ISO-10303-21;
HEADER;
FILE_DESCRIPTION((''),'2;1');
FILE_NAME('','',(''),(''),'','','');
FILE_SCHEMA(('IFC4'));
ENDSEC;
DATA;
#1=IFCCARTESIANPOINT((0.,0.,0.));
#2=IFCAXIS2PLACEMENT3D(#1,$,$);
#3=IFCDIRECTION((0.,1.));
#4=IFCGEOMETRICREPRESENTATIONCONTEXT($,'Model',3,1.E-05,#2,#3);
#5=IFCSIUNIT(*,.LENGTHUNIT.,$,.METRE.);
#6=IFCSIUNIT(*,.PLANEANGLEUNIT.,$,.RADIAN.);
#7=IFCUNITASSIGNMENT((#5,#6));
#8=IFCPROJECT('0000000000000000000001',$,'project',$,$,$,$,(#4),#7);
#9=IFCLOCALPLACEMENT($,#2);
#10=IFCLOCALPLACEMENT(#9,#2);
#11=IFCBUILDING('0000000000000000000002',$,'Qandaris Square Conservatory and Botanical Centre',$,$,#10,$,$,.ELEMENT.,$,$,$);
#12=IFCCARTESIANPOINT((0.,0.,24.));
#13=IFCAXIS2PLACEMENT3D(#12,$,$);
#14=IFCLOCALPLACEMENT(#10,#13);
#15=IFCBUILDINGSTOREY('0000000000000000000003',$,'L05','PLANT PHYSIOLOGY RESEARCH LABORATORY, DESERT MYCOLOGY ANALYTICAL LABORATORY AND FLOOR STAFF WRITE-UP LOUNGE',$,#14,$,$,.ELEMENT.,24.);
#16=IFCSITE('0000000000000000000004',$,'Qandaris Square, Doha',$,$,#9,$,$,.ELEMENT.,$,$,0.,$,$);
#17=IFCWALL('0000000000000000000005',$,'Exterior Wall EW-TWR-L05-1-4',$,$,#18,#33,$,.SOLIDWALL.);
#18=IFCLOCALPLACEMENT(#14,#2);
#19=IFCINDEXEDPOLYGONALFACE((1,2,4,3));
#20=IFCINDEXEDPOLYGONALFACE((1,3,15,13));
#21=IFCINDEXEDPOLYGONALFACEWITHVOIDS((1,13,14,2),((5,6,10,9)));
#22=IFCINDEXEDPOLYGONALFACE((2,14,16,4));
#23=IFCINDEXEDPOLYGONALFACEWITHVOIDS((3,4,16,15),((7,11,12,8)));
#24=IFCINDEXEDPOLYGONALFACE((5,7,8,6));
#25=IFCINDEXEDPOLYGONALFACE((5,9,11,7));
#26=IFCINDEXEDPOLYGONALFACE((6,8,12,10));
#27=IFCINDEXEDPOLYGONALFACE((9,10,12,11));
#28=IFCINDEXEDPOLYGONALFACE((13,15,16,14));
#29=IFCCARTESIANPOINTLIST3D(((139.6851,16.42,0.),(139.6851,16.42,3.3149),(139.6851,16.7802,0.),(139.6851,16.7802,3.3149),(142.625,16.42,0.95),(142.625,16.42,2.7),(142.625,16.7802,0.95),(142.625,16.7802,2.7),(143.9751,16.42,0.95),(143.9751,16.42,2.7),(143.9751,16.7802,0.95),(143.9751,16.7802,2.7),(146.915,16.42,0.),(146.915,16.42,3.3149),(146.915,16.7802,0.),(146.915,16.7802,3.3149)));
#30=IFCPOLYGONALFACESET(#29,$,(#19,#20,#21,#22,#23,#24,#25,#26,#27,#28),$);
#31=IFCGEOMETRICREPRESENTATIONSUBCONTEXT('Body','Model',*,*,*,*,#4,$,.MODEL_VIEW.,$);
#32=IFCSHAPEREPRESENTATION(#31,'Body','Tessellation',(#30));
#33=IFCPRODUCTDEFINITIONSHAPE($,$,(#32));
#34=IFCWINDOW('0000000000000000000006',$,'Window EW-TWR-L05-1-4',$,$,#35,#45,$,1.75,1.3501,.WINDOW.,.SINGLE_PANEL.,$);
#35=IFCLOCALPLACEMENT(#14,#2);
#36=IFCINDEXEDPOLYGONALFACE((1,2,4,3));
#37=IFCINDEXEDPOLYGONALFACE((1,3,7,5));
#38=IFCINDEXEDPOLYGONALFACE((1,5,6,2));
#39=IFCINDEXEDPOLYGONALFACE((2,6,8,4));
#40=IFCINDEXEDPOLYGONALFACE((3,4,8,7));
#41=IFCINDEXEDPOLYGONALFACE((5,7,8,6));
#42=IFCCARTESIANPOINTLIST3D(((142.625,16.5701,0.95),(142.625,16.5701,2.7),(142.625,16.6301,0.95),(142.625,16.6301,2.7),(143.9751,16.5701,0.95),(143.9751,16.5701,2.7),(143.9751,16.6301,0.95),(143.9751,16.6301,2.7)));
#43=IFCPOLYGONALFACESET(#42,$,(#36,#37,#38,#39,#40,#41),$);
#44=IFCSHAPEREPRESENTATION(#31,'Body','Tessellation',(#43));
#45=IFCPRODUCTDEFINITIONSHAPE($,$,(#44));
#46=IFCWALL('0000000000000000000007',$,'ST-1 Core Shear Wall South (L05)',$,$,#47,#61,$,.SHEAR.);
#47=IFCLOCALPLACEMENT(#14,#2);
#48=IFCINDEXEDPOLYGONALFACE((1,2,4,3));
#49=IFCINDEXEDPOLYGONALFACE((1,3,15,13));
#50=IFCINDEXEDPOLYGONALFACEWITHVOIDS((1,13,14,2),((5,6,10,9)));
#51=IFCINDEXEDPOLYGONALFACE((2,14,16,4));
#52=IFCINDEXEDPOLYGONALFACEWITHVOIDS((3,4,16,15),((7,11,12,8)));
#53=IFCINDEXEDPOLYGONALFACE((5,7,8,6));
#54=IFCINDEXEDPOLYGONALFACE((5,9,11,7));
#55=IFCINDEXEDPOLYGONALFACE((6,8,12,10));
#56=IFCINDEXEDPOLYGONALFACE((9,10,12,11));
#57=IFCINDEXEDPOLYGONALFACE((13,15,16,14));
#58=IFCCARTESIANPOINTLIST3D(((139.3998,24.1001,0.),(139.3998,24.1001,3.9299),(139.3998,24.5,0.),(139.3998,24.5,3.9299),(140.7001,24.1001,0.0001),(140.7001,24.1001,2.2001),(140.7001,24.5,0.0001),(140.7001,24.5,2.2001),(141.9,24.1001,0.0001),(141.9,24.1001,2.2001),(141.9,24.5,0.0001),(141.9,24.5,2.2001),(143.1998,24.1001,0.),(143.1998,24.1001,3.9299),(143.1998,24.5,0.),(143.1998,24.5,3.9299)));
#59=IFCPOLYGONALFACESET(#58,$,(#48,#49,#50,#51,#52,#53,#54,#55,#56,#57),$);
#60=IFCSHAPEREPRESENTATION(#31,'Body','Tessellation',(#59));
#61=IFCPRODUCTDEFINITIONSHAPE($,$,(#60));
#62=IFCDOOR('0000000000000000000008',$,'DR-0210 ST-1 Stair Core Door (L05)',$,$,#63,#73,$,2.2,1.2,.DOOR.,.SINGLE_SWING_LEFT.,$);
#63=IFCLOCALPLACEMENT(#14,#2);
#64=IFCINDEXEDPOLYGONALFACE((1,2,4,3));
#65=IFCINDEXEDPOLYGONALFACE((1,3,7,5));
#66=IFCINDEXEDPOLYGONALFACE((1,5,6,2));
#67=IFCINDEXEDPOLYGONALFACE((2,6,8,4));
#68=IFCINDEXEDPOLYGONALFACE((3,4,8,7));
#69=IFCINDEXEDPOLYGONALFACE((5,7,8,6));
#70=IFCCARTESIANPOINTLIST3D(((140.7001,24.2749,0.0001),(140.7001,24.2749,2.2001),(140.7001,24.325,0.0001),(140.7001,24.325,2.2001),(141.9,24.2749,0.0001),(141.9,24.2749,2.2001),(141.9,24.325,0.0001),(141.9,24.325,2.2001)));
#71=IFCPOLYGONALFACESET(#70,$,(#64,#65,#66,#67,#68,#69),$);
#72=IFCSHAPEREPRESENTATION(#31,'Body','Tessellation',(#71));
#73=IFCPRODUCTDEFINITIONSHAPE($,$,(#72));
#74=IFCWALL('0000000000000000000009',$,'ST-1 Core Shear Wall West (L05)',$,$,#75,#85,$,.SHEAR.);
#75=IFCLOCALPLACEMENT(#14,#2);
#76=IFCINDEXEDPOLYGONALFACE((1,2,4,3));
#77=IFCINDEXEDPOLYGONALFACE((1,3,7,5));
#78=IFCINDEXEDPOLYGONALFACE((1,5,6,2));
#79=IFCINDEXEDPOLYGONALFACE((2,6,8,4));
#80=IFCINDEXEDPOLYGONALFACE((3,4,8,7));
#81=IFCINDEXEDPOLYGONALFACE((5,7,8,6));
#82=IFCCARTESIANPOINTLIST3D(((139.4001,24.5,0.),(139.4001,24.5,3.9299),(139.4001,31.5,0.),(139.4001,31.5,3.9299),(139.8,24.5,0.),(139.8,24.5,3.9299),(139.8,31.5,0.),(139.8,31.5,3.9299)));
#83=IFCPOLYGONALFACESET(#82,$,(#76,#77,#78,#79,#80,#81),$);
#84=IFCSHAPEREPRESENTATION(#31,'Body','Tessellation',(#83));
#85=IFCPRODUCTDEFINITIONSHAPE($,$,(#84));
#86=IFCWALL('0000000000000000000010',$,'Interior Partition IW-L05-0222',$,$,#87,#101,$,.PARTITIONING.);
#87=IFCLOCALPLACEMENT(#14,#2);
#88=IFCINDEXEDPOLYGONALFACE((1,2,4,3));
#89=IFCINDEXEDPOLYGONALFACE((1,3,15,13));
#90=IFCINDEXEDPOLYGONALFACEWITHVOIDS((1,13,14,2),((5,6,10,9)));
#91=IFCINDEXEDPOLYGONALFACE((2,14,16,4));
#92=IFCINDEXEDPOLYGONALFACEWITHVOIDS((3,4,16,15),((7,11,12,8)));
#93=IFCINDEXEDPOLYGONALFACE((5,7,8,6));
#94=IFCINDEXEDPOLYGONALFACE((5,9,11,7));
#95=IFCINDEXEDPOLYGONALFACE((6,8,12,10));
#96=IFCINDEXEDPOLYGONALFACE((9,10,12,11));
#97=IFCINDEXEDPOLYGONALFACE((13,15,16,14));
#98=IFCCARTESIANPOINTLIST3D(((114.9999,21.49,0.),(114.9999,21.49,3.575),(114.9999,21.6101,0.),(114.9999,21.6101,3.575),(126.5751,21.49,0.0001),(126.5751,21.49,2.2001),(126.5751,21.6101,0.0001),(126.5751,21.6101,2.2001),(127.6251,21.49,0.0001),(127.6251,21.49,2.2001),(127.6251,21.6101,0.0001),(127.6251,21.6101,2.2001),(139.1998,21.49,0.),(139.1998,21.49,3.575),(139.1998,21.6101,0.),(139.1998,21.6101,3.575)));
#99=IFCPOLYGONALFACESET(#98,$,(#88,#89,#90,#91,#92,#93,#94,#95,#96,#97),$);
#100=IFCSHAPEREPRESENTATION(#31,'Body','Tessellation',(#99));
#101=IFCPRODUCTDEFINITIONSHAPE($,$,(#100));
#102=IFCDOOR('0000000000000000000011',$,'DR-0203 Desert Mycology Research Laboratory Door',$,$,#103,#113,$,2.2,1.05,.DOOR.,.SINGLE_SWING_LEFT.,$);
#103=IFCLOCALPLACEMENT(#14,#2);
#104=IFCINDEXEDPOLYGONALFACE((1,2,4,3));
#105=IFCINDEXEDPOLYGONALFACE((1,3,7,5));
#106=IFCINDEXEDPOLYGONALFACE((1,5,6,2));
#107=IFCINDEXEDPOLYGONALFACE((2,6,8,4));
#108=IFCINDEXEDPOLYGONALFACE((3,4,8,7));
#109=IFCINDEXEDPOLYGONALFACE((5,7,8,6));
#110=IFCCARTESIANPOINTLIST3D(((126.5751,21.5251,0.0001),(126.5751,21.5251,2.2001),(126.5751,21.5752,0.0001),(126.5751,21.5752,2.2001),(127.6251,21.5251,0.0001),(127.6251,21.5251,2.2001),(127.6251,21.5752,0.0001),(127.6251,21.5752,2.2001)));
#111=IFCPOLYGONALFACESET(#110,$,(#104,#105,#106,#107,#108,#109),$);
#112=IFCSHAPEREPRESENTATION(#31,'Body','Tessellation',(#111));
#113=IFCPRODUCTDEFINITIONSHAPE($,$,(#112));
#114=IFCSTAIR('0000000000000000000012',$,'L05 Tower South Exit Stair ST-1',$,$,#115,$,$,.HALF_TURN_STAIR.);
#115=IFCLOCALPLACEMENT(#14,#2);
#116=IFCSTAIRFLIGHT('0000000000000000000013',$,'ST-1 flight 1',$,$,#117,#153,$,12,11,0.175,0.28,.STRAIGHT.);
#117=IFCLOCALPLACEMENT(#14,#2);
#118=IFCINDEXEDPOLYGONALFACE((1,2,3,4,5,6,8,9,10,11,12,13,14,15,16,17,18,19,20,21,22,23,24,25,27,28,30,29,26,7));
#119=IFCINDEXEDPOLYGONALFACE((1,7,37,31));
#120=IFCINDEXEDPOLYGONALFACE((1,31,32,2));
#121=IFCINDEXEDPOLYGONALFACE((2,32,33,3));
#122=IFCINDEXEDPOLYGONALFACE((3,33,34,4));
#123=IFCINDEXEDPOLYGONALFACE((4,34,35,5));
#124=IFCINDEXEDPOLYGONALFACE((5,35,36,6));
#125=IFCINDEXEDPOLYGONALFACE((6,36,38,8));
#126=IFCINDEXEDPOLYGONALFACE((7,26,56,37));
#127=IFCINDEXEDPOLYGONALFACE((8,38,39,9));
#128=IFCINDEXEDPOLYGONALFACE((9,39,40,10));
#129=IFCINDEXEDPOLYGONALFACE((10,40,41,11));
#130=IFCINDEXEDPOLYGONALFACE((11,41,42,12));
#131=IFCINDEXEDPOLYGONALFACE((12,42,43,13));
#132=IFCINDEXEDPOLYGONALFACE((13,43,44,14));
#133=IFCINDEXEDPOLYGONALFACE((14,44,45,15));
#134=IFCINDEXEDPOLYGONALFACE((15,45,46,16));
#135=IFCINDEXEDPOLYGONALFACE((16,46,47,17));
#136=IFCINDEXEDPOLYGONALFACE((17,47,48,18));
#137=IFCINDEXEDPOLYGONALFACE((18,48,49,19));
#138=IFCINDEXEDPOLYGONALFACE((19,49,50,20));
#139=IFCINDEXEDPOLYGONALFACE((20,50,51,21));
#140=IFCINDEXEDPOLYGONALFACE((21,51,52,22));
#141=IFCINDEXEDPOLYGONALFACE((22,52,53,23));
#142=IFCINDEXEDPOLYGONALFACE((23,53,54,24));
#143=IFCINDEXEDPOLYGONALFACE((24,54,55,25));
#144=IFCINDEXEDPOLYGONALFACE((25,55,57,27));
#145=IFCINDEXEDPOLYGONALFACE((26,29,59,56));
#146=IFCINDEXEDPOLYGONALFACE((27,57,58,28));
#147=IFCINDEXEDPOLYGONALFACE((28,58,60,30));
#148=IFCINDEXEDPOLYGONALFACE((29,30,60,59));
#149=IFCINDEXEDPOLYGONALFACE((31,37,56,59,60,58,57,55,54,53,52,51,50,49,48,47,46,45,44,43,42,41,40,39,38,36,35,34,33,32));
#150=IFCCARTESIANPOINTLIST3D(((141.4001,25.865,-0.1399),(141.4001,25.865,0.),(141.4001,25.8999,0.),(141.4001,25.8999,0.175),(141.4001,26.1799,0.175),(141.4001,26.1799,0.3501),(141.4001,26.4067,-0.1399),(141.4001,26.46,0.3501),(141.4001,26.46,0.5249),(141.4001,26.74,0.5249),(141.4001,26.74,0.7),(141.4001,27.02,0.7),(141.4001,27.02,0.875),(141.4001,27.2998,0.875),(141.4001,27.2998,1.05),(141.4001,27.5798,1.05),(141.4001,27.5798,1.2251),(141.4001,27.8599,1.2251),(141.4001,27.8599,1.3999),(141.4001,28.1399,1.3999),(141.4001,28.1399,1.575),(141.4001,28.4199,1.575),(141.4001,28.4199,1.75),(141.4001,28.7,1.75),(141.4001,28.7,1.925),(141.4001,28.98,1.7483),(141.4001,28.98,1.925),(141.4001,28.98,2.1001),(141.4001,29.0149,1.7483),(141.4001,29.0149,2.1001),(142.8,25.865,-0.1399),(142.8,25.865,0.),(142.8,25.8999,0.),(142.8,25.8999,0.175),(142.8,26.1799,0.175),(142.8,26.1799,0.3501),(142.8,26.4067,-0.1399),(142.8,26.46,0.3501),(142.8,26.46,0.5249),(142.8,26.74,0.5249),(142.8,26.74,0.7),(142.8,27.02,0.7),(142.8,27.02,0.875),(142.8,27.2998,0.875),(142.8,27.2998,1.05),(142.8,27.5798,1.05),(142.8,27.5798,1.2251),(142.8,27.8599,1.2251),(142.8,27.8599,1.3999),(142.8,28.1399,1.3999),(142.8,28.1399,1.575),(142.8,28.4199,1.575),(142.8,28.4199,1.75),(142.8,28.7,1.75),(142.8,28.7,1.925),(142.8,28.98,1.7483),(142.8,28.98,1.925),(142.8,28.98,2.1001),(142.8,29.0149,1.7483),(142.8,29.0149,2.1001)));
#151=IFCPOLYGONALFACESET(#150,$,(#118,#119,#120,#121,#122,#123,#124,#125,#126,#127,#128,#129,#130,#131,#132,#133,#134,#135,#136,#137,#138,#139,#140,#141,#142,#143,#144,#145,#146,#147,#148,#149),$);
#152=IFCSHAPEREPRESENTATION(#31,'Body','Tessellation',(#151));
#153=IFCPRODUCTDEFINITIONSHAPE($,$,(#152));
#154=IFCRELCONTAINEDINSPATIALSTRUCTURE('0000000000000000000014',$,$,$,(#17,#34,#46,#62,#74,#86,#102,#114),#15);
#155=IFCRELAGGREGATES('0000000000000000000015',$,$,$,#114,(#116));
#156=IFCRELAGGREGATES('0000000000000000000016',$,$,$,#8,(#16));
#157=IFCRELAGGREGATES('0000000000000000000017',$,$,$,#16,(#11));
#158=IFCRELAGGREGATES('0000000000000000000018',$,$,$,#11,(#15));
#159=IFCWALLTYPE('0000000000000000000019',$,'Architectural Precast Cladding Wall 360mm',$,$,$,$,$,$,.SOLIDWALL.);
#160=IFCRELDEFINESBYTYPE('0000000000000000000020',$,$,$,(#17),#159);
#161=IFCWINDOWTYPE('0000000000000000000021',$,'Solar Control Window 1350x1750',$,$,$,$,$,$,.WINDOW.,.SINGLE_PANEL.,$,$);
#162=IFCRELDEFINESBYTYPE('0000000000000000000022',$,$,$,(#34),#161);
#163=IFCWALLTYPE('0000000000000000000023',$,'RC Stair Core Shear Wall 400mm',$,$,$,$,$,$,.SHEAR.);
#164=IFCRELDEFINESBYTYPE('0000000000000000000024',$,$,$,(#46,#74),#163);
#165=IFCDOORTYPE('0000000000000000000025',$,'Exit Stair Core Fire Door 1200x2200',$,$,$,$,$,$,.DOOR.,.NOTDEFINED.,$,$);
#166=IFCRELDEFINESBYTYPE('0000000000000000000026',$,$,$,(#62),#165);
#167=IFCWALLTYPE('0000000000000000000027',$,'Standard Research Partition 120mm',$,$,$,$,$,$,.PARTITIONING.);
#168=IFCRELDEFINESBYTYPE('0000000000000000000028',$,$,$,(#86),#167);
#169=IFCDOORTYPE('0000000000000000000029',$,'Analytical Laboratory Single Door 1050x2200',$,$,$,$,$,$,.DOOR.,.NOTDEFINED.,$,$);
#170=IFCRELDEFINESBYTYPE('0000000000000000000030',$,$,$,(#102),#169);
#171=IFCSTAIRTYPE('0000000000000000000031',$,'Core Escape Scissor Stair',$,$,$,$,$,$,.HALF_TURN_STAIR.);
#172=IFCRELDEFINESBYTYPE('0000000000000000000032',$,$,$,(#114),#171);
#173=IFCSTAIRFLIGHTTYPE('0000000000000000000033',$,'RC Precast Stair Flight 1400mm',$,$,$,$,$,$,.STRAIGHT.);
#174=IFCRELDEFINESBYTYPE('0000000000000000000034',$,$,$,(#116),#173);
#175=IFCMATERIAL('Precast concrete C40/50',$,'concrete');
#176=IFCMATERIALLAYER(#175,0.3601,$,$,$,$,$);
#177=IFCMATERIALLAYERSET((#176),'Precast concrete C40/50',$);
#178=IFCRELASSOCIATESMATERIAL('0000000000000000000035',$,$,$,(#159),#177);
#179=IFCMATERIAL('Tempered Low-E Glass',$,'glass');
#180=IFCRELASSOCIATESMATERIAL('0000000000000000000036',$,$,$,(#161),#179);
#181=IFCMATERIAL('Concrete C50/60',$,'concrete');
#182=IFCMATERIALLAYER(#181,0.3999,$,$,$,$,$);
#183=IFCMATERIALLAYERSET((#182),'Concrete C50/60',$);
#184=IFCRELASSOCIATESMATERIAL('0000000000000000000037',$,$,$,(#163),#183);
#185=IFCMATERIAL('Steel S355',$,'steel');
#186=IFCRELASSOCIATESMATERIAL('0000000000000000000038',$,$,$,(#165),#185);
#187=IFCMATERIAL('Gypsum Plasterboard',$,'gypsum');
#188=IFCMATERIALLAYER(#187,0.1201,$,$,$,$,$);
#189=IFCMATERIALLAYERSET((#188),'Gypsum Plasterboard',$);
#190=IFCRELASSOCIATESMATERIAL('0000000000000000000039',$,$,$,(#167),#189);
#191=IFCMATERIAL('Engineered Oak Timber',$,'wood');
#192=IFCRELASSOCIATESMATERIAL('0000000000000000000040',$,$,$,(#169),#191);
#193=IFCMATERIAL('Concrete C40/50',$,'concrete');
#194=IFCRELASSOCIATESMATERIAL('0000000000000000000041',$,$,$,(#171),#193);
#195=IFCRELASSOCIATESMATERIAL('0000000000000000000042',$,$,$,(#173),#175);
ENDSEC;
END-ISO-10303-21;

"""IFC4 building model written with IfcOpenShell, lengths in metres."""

from ifc_helpers import new_model, si_unit, direction, frame, frame_2d, origin, place, context, subcontext, project, spatial, polyline, rectangle, outline, extrude, material, layer, layer_set, type_object, element, fill, aggregate, save


model = new_model("IFC4")

# Units and contexts
model_context = context("Model", 3, precision=1e-05, world=origin(), true_north=direction((0.0, 1.0)))
body_context = subcontext(model_context, "Body", "Model", "MODEL_VIEW")
ifc_project = project(units=[si_unit("LENGTHUNIT", "METRE"), si_unit("PLANEANGLEUNIT", "RADIAN")], contexts=[model_context])

# Site, building, storey
site_placement = place(None, origin())
site = spatial("IfcSite", under=ifc_project, at=site_placement, Name="Qandaris Square, Doha", CompositionType="ELEMENT", RefElevation=0.0)
building_placement = place(site_placement, origin())
building = spatial("IfcBuilding", under=site, at=building_placement, Name="Qandaris Square Conservatory and Botanical Centre", CompositionType="ELEMENT")
storey_placement = place(building_placement, frame((0.0, 0.0, 24.0)))
storey = spatial("IfcBuildingStorey", under=building, at=storey_placement, Name="L05", Description="PLANT PHYSIOLOGY RESEARCH LABORATORY, DESERT MYCOLOGY ANALYTICAL LABORATORY AND FLOOR STAFF WRITE-UP LOUNGE", CompositionType="ELEMENT", Elevation=24.0)

# Shared definitions
ifc_material_1 = material(Name="Concrete C50/60", Category="concrete")

# Shared definitions
ifc_material_2 = material(Name="Steel S355", Category="steel")

# Shared definitions
ifc_material_3 = material(Name="Gypsum Plasterboard", Category="gypsum")

# Wall, opening, window
ifc_material_4 = material(Name="Precast concrete C40/50", Category="concrete")
ifc_layer_1 = layer(ifc_material_4, 0.3601)
ifc_layer_set_1 = layer_set([ifc_layer_1], Name="Precast concrete C40/50")
wall_type_1 = type_object("IfcWallType", Name="Architectural Precast Cladding Wall 360mm", PredefinedType="SOLIDWALL", material=ifc_layer_set_1)
wall_1_placement = place(storey_placement, frame((139.6851, 16.6001, 0.0), z_axis=(0.0, 0.0, 1.0), x_axis=(1.0, 0.0, 0.0)))
wall_1 = element("IfcWall", 1, at=wall_1_placement, inside=storey, type_object=wall_type_1, Name="Exterior Wall EW-TWR-L05-1-4", PredefinedType="SOLIDWALL", context=body_context, shape_type="SweptSolid", body=[
    extrude(rectangle(XDim=7.23, YDim=0.3601, at=frame_2d((3.615, 0.0))), origin(), (0.0, 0.0, 1.0), 3.3149),
])
opening_1_placement = place(wall_1_placement, frame((2.9399, 0.0, 0.95)))
opening_1 = element("IfcOpeningElement", 2, at=opening_1_placement, cuts=wall_1, PredefinedType="OPENING", context=body_context, shape_type="SweptSolid", body=[
    extrude(rectangle(XDim=1.3501, YDim=1.75, at=frame_2d((0.675, 0.875))), frame((0.0, 0.1919, 0.0), z_axis=(0.0, -1.0, 0.0), x_axis=(1.0, 0.0, 0.0)), (0.0, 0.0, 1.0), 0.384),
])
ifc_material_5 = material(Name="Tempered Low-E Glass", Category="glass")
window_type = type_object("IfcWindowType", Name="Solar Control Window 1350x1750", PartitioningType="SINGLE_PANEL", PredefinedType="WINDOW", material=ifc_material_5)
window_placement = place(opening_1_placement, origin())
window = element("IfcWindow", 3, at=window_placement, inside=storey, type_object=window_type, Name="Window EW-TWR-L05-1-4", OverallHeight=1.75, OverallWidth=1.3501, PartitioningType="SINGLE_PANEL", PredefinedType="WINDOW", context=body_context, shape_type="SweptSolid", body=[
    extrude(rectangle(XDim=1.3501, YDim=1.75, at=frame_2d((0.675, 0.875))), frame((0.0, 0.03, 0.0), z_axis=(0.0, -1.0, 0.0), x_axis=(1.0, 0.0, 0.0)), (0.0, 0.0, 1.0), 0.0601),
])
fill(opening_1, window)

# Wall, opening, door
ifc_layer_2 = layer(ifc_material_1, 0.3999)
ifc_layer_set_2 = layer_set([ifc_layer_2], Name="Concrete C50/60")
wall_type_2 = type_object("IfcWallType", Name="RC Stair Core Shear Wall 400mm", PredefinedType="SHEAR", material=ifc_layer_set_2)
wall_2_placement = place(storey_placement, frame((139.3999, 24.3, 0.0), z_axis=(0.0, 0.0, 1.0), x_axis=(1.0, 0.0, 0.0)))
wall_2 = element("IfcWall", 4, at=wall_2_placement, inside=storey, type_object=wall_type_2, Name="ST-1 Core Shear Wall South (L05)", PredefinedType="SHEAR", context=body_context, shape_type="SweptSolid", body=[
    extrude(rectangle(XDim=3.8, YDim=0.3999, at=frame_2d((1.8999, 0.0))), origin(), (0.0, 0.0, 1.0), 3.9299),
])
opening_2_placement = place(wall_2_placement, frame((1.3, 0.0, 0.0)))
opening_2 = element("IfcOpeningElement", 5, at=opening_2_placement, cuts=wall_2, PredefinedType="OPENING", context=body_context, shape_type="SweptSolid", body=[
    extrude(rectangle(XDim=1.2, YDim=2.2, at=frame_2d((0.6001, 1.1001))), frame((0.0, 0.2119, 0.0), z_axis=(0.0, -1.0, 0.0), x_axis=(1.0, 0.0, 0.0)), (0.0, 0.0, 1.0), 0.4238),
])
door_type_1 = type_object("IfcDoorType", Name="Exit Stair Core Fire Door 1200x2200", OperationType="NOTDEFINED", PredefinedType="DOOR", material=ifc_material_2)
door_1_placement = place(opening_2_placement, origin())
door_1 = element("IfcDoor", 6, at=door_1_placement, inside=storey, type_object=door_type_1, Name="DR-0210 ST-1 Stair Core Door (L05)", OperationType="SINGLE_SWING_LEFT", OverallHeight=2.2, OverallWidth=1.2, PredefinedType="DOOR", context=body_context, shape_type="SweptSolid", body=[
    extrude(rectangle(XDim=1.2, YDim=2.2, at=frame_2d((0.6001, 1.1001))), frame((0.0, 0.0249, 0.0), z_axis=(0.0, -1.0, 0.0), x_axis=(1.0, 0.0, 0.0)), (0.0, 0.0, 1.0), 0.05),
])
fill(opening_2, door_1)

# Wall
wall_3_placement = place(storey_placement, frame((139.6001, 24.5, 0.0), z_axis=(0.0, 0.0, 1.0), x_axis=(0.0, 1.0, 0.0)))
element("IfcWall", 7, at=wall_3_placement, inside=storey, type_object=wall_type_2, Name="ST-1 Core Shear Wall West (L05)", PredefinedType="SHEAR", context=body_context, shape_type="SweptSolid", body=[
    extrude(rectangle(XDim=7.0, YDim=0.3999, at=frame_2d((3.5, 0.0))), origin(), (0.0, 0.0, 1.0), 3.9299),
])

# Wall, opening, door
ifc_layer_3 = layer(ifc_material_3, 0.1201)
ifc_layer_set_3 = layer_set([ifc_layer_3], Name="Gypsum Plasterboard")
wall_type_3 = type_object("IfcWallType", Name="Standard Research Partition 120mm", PredefinedType="PARTITIONING", material=ifc_layer_set_3)
wall_4_placement = place(storey_placement, frame((139.2, 21.55, 0.0), z_axis=(0.0, 0.0, 1.0), x_axis=(-1.0, 0.0, 0.0)))
wall_4 = element("IfcWall", 8, at=wall_4_placement, inside=storey, type_object=wall_type_3, Name="Interior Partition IW-L05-0222", PredefinedType="PARTITIONING", context=body_context, shape_type="SweptSolid", body=[
    extrude(rectangle(XDim=24.2, YDim=0.1201, at=frame_2d((12.1001, 0.0))), origin(), (0.0, 0.0, 1.0), 3.575),
])
opening_3_placement = place(wall_4_placement, frame((11.575, 0.0, 0.0)))
opening_3 = element("IfcOpeningElement", 9, at=opening_3_placement, cuts=wall_4, PredefinedType="OPENING", context=body_context, shape_type="SweptSolid", body=[
    extrude(rectangle(XDim=1.05, YDim=2.2, at=frame_2d((0.5249, 1.1001))), frame((0.0, 0.072, 0.0), z_axis=(0.0, -1.0, 0.0), x_axis=(1.0, 0.0, 0.0)), (0.0, 0.0, 1.0), 0.144),
])
ifc_material_6 = material(Name="Engineered Oak Timber", Category="wood")
door_type_2 = type_object("IfcDoorType", Name="Analytical Laboratory Single Door 1050x2200", OperationType="NOTDEFINED", PredefinedType="DOOR", material=ifc_material_6)
door_2_placement = place(opening_3_placement, origin())
door_2 = element("IfcDoor", 10, at=door_2_placement, inside=storey, type_object=door_type_2, Name="DR-0203 Desert Mycology Research Laboratory Door", OperationType="SINGLE_SWING_LEFT", OverallHeight=2.2, OverallWidth=1.05, PredefinedType="DOOR", context=body_context, shape_type="SweptSolid", body=[
    extrude(rectangle(XDim=1.05, YDim=2.2, at=frame_2d((0.5249, 1.1001))), frame((0.0, 0.0249, 0.0), z_axis=(0.0, -1.0, 0.0), x_axis=(1.0, 0.0, 0.0)), (0.0, 0.0, 1.0), 0.05),
])
fill(opening_3, door_2)

# Stair, stair flight
ifc_material_7 = material(Name="Concrete C40/50", Category="concrete")
stair_type = type_object("IfcStairType", Name="Core Escape Scissor Stair", PredefinedType="HALF_TURN_STAIR", material=ifc_material_7)
stair_placement = place(storey_placement, origin())
stair = element("IfcStair", 11, at=stair_placement, inside=storey, type_object=stair_type, Name="L05 Tower South Exit Stair ST-1", PredefinedType="HALF_TURN_STAIR")
stair_flight_type = type_object("IfcStairFlightType", Name="RC Precast Stair Flight 1400mm", PredefinedType="STRAIGHT", material=ifc_material_4)
stair_flight_1_placement = place(storey_placement, frame((142.1001, 25.8999, 0.0), z_axis=(0.0, 0.0, 1.0), x_axis=(0.0, 1.0, 0.0)))
stair_flight_1 = element("IfcStairFlight", 12, at=stair_flight_1_placement, type_object=stair_flight_type, Name="ST-1 flight 1", NumberOfRisers=12, NumberOfTreads=11, PredefinedType="STRAIGHT", RiserHeight=0.175, TreadLength=0.28, context=body_context, shape_type="SweptSolid", body=[
    extrude(outline(polyline([(-0.0349, 0.0), (0.0, 0.0), (0.0, 0.175), (0.28, 0.175), (0.28, 0.3501), (0.5601, 0.3501), (0.5601, 0.5249), (0.8401, 0.5249), (0.8401, 0.7), (1.1201, 0.7), (1.1201, 0.875), (1.3999, 0.875), (1.3999, 1.05), (1.6799, 1.05), (1.6799, 1.2251), (1.96, 1.2251), (1.96, 1.3999), (2.24, 1.3999), (2.24, 1.575), (2.52, 1.575), (2.52, 1.75), (2.8, 1.75), (2.8, 1.925), (3.0801, 1.925), (3.0801, 2.1001), (3.115, 2.1001), (3.115, 1.7483), (3.0801, 1.7483), (0.5068, -0.1399), (-0.0349, -0.1399), (-0.0349, 0.0)])), frame((0.0, 0.7, 0.0), z_axis=(0.0, -1.0, 0.0), x_axis=(1.0, 0.0, 0.0)), (0.0, 0.0, 1.0), 1.3999),
])
aggregate(stair, [stair_flight_1])

save(model, "model.ifc")
